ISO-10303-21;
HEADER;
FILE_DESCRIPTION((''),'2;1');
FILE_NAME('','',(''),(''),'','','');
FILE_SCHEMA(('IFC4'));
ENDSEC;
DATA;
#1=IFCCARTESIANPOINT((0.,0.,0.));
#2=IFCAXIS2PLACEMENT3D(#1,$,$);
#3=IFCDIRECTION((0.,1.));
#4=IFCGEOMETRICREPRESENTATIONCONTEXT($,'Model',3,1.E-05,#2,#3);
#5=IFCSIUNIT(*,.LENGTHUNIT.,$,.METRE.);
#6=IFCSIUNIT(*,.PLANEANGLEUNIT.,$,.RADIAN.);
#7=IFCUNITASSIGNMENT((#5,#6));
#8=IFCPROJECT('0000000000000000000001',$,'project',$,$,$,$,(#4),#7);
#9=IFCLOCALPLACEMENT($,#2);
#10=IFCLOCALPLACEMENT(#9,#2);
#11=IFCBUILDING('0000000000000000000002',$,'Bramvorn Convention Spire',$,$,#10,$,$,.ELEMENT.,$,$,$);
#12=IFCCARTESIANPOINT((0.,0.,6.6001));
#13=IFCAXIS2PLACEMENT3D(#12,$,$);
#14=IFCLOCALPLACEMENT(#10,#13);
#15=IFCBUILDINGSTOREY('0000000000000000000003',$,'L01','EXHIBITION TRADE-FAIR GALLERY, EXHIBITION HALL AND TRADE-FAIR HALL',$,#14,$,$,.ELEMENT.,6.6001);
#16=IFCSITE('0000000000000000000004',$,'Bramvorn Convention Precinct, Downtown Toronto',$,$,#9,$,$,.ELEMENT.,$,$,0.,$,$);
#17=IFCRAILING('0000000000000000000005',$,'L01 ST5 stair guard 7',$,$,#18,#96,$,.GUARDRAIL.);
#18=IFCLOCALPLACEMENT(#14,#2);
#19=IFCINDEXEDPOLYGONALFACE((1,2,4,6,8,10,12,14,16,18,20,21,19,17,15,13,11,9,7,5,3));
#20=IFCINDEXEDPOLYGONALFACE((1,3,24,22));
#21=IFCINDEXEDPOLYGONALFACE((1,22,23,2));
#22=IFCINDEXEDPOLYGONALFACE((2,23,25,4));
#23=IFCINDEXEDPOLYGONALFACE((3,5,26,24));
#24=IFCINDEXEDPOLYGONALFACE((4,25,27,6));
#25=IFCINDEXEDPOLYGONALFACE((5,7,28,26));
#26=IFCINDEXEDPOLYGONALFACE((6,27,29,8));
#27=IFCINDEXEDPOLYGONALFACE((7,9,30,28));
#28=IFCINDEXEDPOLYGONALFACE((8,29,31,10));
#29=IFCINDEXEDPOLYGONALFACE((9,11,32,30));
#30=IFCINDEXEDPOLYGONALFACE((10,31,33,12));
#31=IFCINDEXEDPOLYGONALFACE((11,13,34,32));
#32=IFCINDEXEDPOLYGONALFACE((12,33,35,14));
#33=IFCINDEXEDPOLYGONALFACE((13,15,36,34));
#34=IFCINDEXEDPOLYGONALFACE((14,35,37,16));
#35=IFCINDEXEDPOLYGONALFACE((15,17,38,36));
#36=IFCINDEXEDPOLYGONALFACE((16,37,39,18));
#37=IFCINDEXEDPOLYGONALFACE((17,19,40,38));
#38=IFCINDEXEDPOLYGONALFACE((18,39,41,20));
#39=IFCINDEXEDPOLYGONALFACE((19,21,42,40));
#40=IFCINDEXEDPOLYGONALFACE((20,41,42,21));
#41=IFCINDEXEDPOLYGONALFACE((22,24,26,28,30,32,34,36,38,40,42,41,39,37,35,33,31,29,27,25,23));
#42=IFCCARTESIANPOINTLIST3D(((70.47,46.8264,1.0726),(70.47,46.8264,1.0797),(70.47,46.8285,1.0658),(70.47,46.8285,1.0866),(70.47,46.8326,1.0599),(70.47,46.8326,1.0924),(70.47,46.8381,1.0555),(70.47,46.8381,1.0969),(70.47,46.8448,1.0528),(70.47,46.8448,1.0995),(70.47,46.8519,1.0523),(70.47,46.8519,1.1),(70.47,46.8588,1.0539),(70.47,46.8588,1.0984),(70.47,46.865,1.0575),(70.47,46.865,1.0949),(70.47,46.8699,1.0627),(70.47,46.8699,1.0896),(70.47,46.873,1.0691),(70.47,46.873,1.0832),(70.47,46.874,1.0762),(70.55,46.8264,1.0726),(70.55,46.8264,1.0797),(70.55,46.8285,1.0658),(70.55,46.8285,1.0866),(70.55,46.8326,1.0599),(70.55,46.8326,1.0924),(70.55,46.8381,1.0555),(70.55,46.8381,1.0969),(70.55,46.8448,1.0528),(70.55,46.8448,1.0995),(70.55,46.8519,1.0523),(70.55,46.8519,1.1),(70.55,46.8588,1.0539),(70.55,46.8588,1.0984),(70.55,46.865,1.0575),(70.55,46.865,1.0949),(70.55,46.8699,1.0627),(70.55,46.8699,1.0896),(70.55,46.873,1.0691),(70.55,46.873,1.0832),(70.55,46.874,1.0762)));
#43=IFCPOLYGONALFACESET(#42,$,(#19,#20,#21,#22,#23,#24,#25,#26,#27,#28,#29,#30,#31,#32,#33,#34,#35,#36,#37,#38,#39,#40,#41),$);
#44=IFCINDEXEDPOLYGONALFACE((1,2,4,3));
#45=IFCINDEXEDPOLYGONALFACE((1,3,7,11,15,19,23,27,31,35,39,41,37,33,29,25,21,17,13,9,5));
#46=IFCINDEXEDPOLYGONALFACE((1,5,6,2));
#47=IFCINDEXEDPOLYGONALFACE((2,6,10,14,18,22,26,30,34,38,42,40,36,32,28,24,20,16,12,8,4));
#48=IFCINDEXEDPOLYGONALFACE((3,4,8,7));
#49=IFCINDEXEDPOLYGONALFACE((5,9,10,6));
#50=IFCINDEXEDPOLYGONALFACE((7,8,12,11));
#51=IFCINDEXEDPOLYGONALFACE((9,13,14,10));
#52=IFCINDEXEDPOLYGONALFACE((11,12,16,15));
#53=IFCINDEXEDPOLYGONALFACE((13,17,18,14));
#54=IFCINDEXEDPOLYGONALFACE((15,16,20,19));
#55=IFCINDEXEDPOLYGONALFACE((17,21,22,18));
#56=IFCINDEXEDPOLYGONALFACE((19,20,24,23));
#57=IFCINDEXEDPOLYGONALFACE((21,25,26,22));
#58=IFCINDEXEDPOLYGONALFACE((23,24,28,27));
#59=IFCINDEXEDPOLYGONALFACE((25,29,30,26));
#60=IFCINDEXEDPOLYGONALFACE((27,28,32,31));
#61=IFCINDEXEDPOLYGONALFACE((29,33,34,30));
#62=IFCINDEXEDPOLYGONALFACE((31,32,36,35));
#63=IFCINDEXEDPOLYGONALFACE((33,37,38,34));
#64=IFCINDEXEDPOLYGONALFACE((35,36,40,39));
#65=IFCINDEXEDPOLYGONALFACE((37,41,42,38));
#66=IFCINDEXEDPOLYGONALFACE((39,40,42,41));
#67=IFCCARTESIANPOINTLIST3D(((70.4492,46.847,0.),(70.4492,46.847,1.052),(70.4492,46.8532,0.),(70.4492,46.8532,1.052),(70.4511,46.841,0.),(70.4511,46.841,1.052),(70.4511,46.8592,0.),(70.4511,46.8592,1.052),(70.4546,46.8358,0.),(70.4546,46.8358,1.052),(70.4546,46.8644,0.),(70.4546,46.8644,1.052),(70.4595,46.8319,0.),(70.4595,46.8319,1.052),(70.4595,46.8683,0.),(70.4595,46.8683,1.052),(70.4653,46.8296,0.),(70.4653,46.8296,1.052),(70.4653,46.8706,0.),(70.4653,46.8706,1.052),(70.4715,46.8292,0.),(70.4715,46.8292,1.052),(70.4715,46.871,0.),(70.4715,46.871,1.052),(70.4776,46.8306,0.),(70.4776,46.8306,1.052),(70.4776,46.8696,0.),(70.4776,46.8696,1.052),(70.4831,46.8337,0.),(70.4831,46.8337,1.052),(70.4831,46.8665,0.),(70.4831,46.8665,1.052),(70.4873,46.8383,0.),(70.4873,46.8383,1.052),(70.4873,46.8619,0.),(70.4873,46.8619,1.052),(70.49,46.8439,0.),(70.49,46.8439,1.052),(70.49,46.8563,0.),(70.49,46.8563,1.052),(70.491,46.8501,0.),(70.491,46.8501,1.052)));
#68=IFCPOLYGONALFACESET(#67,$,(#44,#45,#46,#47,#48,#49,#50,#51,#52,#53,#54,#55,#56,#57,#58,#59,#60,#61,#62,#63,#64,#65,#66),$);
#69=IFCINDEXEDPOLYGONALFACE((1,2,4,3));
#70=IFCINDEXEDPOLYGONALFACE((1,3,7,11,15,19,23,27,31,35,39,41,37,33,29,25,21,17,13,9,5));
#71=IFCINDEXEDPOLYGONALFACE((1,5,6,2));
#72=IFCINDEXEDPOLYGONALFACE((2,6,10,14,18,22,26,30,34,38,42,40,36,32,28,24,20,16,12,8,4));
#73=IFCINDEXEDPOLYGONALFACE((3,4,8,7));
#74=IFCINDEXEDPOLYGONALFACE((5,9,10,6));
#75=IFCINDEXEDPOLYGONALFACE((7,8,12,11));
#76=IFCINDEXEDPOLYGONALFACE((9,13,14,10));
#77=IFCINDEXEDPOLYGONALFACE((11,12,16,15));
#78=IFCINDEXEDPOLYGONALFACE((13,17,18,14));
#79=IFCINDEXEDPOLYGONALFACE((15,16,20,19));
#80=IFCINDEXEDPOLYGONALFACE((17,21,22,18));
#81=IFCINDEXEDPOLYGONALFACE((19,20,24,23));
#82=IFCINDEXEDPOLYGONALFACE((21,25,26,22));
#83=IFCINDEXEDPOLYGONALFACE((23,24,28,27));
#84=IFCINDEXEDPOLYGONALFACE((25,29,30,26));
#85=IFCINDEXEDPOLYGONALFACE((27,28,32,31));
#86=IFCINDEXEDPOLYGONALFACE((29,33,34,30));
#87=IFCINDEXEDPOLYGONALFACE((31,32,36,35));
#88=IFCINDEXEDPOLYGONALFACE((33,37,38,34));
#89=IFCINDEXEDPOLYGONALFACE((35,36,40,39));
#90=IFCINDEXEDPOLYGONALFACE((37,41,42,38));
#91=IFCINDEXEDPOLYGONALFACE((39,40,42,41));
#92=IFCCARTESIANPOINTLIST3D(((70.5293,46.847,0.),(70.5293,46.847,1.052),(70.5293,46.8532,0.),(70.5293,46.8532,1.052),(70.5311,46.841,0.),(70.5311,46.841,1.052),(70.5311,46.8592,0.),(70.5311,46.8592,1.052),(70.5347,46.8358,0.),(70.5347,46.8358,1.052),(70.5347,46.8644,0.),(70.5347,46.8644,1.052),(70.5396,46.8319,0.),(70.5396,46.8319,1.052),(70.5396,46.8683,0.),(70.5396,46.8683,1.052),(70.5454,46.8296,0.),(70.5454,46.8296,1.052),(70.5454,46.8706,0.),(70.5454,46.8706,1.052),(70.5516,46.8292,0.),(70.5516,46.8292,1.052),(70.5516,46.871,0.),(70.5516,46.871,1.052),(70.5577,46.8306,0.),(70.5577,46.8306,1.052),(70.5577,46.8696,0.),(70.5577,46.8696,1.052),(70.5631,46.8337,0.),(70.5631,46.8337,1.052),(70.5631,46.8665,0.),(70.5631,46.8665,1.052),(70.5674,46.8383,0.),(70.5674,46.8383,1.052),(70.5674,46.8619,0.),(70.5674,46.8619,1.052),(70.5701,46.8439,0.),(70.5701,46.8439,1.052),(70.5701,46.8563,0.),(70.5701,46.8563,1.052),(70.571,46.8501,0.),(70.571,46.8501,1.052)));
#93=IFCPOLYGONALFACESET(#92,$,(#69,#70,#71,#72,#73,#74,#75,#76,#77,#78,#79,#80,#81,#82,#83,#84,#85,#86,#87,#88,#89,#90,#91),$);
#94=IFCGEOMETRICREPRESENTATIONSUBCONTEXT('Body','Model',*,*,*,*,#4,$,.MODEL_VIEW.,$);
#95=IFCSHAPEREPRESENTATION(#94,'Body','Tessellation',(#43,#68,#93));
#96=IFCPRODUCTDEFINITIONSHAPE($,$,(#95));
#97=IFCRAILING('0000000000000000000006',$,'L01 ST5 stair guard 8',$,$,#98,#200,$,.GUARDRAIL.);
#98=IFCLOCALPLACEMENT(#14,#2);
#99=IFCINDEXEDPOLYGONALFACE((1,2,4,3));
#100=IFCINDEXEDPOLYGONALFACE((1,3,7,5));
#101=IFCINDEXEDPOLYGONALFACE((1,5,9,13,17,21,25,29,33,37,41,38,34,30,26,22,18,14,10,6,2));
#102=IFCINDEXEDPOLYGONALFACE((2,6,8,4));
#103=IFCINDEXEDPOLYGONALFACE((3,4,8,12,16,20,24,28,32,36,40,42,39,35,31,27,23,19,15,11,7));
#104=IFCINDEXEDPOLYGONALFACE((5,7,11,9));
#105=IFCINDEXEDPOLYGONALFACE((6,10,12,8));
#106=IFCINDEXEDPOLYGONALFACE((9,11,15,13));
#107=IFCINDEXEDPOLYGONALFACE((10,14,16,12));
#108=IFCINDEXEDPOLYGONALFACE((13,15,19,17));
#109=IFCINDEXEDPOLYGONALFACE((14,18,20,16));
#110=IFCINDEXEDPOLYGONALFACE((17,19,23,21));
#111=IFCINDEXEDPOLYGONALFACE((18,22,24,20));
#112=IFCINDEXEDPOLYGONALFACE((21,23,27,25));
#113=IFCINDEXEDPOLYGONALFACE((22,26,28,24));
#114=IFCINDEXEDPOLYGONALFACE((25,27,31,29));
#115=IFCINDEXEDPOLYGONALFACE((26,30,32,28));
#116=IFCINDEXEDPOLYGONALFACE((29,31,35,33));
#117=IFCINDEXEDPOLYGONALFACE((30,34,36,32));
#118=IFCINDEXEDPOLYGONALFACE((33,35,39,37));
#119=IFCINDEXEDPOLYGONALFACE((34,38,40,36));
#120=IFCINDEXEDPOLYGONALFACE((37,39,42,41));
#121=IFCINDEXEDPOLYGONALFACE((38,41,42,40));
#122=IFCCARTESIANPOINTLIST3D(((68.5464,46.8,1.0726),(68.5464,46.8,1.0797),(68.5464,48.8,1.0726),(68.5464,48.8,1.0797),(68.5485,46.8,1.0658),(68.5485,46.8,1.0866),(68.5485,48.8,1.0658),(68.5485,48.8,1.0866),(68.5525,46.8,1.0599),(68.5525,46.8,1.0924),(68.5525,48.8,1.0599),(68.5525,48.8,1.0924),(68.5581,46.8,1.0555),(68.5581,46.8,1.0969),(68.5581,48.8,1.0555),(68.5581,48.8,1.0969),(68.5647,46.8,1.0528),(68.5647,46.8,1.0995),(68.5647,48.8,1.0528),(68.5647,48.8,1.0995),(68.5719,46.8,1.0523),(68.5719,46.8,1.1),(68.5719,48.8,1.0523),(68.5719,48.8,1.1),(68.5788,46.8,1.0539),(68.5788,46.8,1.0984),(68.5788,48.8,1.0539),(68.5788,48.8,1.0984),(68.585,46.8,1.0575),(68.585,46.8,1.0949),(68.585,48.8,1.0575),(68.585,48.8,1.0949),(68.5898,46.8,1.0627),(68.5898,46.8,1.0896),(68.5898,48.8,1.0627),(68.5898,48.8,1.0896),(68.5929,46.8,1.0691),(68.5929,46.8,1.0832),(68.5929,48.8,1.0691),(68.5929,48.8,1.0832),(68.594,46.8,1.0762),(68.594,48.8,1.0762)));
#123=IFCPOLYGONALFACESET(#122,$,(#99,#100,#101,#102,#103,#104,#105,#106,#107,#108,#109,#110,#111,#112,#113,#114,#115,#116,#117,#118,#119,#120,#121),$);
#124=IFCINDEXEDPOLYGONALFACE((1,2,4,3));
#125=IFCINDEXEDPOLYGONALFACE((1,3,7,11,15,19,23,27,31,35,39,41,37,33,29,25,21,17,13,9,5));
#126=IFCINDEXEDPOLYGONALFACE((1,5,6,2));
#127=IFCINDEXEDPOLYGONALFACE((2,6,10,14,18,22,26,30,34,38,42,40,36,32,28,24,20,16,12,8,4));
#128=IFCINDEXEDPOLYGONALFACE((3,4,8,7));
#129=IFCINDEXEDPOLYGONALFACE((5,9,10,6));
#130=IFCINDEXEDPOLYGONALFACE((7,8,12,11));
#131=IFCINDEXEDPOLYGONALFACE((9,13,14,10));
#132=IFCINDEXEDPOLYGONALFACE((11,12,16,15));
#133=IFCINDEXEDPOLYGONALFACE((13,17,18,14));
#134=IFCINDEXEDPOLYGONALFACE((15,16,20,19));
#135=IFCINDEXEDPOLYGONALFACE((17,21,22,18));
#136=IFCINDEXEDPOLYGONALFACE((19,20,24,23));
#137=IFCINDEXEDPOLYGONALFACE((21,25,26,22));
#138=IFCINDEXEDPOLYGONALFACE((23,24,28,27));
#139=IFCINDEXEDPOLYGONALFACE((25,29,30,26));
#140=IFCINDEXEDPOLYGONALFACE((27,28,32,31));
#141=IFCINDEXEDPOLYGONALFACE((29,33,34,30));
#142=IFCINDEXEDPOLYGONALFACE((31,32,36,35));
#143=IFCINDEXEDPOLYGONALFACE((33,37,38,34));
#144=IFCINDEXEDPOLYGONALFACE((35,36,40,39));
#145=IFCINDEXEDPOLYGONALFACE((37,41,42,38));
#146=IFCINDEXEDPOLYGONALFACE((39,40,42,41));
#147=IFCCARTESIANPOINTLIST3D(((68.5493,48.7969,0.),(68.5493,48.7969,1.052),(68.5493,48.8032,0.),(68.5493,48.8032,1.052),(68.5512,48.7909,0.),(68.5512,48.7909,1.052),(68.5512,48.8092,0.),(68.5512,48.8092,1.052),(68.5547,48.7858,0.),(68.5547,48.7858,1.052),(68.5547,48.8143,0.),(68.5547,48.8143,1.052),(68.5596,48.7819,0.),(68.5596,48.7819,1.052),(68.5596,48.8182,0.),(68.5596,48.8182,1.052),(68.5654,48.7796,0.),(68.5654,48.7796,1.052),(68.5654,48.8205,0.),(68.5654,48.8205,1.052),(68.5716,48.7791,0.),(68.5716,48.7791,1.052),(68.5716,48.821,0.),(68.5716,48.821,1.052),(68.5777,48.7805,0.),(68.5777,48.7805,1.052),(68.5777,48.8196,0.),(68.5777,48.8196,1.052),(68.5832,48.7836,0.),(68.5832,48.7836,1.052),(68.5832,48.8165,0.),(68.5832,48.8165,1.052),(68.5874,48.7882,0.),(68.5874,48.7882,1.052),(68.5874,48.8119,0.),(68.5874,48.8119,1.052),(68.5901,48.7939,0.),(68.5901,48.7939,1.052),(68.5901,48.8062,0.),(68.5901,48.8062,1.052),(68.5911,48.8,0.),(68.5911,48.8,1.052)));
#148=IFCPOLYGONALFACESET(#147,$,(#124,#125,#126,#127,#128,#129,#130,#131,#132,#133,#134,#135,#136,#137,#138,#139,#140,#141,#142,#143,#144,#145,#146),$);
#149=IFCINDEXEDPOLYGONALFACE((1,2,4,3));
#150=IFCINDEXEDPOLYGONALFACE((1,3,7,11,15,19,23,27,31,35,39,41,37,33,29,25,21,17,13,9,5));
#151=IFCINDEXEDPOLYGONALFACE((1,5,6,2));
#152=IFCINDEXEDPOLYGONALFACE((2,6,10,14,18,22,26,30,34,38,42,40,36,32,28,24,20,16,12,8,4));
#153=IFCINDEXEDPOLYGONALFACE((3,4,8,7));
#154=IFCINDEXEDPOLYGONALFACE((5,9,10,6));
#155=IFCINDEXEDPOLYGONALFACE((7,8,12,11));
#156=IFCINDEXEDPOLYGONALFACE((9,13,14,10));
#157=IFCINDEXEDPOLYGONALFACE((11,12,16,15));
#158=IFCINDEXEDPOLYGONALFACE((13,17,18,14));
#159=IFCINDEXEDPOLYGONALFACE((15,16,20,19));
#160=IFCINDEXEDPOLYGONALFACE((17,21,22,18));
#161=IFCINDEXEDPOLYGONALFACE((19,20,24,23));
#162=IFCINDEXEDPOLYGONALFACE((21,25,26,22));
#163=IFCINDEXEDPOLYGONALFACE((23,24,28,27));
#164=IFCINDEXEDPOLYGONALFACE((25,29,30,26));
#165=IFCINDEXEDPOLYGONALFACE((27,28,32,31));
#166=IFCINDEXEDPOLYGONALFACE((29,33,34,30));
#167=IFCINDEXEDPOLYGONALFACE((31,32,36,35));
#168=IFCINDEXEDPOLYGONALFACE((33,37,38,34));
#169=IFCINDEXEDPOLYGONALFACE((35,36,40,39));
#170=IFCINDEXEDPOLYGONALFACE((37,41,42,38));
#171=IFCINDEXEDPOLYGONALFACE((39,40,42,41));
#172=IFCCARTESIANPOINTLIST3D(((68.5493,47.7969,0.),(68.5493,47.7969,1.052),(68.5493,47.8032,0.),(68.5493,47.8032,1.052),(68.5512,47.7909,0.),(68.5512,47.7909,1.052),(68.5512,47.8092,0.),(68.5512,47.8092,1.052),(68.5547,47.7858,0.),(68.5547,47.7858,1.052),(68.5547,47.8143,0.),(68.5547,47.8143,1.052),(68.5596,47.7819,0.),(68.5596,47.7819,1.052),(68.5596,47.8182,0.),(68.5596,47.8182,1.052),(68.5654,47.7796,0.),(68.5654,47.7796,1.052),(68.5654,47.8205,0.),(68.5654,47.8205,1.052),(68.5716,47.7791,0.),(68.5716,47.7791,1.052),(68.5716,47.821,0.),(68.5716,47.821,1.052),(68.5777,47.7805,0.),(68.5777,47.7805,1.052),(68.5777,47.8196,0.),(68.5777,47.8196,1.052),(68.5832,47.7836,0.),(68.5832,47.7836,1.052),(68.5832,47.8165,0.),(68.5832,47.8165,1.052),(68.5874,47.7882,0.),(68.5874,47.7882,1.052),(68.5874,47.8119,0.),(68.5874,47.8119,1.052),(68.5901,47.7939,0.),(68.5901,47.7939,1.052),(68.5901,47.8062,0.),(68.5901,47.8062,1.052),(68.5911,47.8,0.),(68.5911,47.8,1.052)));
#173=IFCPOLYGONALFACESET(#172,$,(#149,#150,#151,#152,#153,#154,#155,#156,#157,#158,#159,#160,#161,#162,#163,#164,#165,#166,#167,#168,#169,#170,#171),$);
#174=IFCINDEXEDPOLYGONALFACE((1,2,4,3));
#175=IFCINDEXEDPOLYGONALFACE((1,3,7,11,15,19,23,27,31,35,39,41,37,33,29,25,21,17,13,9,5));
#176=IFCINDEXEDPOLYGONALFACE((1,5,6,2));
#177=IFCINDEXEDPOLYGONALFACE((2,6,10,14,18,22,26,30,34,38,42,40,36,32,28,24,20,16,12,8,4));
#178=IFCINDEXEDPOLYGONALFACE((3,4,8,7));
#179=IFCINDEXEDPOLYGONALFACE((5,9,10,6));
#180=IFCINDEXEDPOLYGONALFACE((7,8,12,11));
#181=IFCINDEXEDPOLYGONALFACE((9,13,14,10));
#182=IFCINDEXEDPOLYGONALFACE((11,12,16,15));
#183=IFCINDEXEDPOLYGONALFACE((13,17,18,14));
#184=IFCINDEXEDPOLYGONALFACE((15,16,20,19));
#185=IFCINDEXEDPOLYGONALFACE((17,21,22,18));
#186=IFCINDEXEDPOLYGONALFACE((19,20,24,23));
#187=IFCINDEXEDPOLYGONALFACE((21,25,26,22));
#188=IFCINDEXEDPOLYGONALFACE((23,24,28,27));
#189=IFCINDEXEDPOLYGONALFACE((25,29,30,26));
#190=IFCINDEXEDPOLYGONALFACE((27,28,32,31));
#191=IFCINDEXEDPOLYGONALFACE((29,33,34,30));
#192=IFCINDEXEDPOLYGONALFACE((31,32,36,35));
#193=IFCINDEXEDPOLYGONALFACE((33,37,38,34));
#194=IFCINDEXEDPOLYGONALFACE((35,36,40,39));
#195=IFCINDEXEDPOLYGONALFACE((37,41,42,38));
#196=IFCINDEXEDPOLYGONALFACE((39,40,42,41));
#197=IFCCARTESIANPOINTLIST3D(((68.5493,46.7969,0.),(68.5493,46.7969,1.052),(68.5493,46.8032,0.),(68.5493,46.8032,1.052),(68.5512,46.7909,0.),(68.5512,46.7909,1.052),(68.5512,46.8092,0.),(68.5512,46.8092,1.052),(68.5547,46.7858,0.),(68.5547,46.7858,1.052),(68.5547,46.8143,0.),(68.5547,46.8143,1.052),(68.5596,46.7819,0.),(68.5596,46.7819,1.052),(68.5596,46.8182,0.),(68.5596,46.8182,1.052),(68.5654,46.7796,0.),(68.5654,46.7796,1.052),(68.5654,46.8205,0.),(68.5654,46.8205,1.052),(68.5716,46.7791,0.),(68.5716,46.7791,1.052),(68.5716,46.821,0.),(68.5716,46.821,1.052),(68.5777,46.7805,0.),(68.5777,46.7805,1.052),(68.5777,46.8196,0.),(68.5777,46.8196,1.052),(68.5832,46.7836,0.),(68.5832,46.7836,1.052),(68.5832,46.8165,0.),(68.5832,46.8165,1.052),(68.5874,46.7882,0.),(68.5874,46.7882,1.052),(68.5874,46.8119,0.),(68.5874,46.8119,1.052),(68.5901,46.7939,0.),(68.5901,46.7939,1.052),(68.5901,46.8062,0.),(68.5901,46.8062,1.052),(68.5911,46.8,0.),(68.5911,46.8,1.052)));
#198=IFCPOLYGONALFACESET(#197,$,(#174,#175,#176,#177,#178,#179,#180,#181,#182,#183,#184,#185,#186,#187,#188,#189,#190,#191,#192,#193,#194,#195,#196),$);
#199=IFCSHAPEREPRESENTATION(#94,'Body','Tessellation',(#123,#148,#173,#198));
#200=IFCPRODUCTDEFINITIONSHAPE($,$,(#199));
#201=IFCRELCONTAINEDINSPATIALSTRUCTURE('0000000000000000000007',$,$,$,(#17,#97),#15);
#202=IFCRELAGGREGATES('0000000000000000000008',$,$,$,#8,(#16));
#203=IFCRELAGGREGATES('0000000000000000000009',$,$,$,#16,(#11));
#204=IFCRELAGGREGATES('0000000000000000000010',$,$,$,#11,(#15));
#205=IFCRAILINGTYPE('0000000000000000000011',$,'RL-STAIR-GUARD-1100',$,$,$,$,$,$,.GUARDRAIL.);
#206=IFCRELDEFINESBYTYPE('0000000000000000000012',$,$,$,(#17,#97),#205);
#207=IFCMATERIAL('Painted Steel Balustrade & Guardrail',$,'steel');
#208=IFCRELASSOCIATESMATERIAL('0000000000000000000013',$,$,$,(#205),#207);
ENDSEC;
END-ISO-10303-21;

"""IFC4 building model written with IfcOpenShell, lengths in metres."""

from ifc_helpers import new_model, si_unit, direction, frame, origin, origin_2d, place, context, subcontext, project, spatial, circle, extrude, material, type_object, element, save


model = new_model("IFC4")

# Units and contexts
model_context = context("Model", 3, precision=1e-05, world=origin(), true_north=direction((0.0, 1.0)))
body_context = subcontext(model_context, "Body", "Model", "MODEL_VIEW")
ifc_project = project(units=[si_unit("LENGTHUNIT", "METRE"), si_unit("PLANEANGLEUNIT", "RADIAN")], contexts=[model_context])

# Site, building, storey
site_placement = place(None, origin())
site = spatial("IfcSite", under=ifc_project, at=site_placement, Name="Bramvorn Convention Precinct, Downtown Toronto", CompositionType="ELEMENT", RefElevation=0.0)
building_placement = place(site_placement, origin())
building = spatial("IfcBuilding", under=site, at=building_placement, Name="Bramvorn Convention Spire", CompositionType="ELEMENT")
storey_placement = place(building_placement, frame((0.0, 0.0, 6.6001)))
storey = spatial("IfcBuildingStorey", under=building, at=storey_placement, Name="L01", Description="EXHIBITION TRADE-FAIR GALLERY, EXHIBITION HALL AND TRADE-FAIR HALL", CompositionType="ELEMENT", Elevation=6.6001)

# Railings
ifc_material_1 = material(Name="Painted Steel Balustrade & Guardrail", Category="steel")
railing_type_1 = type_object("IfcRailingType", Name="RL-STAIR-GUARD-1100", PredefinedType="GUARDRAIL", material=ifc_material_1)
railing_1_placement = place(storey_placement, frame((70.47, 46.8501, 0.0)))
element("IfcRailing", 1, at=railing_1_placement, inside=storey, type_object=railing_type_1, Name="L01 ST5 stair guard 7", PredefinedType="GUARDRAIL", context=body_context, shape_type="SweptSolid", body=[
    extrude(circle(Radius=0.0239, at=origin_2d()), frame((0.0, 0.0, 1.0762), z_axis=(1.0, 0.0, 0.0), x_axis=(0.0, 1.0, 0.0)), (0.0, 0.0, 1.0), 0.0801),
    extrude(circle(Radius=0.021, at=origin_2d()), origin(), (0.0, 0.0, 1.0), 1.052),
    extrude(circle(Radius=0.021, at=origin_2d()), frame((0.0801, 0.0, 0.0)), (0.0, 0.0, 1.0), 1.052),
])
for number, where, name in (
    (2, (68.5701, 48.8, 0.0), "L01 ST5 stair guard 8"),
):
    element("IfcRailing", number, at=place(storey_placement, frame(where)), inside=storey, type_object=railing_type_1, Name=name, PredefinedType="GUARDRAIL", context=body_context, shape_type="SweptSolid", body=[
        extrude(circle(Radius=0.0239, at=origin_2d()), frame((0.0, 0.0, 1.0762), z_axis=(0.0, -1.0, 0.0), x_axis=(1.0, 0.0, 0.0)), (0.0, 0.0, 1.0), 2.0),
        extrude(circle(Radius=0.021, at=origin_2d()), origin(), (0.0, 0.0, 1.0), 1.052),
        extrude(circle(Radius=0.021, at=origin_2d()), frame((0.0, -1.0, 0.0)), (0.0, 0.0, 1.0), 1.052),
        extrude(circle(Radius=0.021, at=origin_2d()), frame((0.0, -2.0, 0.0)), (0.0, 0.0, 1.0), 1.052),
    ])

save(model, "model.ifc")
